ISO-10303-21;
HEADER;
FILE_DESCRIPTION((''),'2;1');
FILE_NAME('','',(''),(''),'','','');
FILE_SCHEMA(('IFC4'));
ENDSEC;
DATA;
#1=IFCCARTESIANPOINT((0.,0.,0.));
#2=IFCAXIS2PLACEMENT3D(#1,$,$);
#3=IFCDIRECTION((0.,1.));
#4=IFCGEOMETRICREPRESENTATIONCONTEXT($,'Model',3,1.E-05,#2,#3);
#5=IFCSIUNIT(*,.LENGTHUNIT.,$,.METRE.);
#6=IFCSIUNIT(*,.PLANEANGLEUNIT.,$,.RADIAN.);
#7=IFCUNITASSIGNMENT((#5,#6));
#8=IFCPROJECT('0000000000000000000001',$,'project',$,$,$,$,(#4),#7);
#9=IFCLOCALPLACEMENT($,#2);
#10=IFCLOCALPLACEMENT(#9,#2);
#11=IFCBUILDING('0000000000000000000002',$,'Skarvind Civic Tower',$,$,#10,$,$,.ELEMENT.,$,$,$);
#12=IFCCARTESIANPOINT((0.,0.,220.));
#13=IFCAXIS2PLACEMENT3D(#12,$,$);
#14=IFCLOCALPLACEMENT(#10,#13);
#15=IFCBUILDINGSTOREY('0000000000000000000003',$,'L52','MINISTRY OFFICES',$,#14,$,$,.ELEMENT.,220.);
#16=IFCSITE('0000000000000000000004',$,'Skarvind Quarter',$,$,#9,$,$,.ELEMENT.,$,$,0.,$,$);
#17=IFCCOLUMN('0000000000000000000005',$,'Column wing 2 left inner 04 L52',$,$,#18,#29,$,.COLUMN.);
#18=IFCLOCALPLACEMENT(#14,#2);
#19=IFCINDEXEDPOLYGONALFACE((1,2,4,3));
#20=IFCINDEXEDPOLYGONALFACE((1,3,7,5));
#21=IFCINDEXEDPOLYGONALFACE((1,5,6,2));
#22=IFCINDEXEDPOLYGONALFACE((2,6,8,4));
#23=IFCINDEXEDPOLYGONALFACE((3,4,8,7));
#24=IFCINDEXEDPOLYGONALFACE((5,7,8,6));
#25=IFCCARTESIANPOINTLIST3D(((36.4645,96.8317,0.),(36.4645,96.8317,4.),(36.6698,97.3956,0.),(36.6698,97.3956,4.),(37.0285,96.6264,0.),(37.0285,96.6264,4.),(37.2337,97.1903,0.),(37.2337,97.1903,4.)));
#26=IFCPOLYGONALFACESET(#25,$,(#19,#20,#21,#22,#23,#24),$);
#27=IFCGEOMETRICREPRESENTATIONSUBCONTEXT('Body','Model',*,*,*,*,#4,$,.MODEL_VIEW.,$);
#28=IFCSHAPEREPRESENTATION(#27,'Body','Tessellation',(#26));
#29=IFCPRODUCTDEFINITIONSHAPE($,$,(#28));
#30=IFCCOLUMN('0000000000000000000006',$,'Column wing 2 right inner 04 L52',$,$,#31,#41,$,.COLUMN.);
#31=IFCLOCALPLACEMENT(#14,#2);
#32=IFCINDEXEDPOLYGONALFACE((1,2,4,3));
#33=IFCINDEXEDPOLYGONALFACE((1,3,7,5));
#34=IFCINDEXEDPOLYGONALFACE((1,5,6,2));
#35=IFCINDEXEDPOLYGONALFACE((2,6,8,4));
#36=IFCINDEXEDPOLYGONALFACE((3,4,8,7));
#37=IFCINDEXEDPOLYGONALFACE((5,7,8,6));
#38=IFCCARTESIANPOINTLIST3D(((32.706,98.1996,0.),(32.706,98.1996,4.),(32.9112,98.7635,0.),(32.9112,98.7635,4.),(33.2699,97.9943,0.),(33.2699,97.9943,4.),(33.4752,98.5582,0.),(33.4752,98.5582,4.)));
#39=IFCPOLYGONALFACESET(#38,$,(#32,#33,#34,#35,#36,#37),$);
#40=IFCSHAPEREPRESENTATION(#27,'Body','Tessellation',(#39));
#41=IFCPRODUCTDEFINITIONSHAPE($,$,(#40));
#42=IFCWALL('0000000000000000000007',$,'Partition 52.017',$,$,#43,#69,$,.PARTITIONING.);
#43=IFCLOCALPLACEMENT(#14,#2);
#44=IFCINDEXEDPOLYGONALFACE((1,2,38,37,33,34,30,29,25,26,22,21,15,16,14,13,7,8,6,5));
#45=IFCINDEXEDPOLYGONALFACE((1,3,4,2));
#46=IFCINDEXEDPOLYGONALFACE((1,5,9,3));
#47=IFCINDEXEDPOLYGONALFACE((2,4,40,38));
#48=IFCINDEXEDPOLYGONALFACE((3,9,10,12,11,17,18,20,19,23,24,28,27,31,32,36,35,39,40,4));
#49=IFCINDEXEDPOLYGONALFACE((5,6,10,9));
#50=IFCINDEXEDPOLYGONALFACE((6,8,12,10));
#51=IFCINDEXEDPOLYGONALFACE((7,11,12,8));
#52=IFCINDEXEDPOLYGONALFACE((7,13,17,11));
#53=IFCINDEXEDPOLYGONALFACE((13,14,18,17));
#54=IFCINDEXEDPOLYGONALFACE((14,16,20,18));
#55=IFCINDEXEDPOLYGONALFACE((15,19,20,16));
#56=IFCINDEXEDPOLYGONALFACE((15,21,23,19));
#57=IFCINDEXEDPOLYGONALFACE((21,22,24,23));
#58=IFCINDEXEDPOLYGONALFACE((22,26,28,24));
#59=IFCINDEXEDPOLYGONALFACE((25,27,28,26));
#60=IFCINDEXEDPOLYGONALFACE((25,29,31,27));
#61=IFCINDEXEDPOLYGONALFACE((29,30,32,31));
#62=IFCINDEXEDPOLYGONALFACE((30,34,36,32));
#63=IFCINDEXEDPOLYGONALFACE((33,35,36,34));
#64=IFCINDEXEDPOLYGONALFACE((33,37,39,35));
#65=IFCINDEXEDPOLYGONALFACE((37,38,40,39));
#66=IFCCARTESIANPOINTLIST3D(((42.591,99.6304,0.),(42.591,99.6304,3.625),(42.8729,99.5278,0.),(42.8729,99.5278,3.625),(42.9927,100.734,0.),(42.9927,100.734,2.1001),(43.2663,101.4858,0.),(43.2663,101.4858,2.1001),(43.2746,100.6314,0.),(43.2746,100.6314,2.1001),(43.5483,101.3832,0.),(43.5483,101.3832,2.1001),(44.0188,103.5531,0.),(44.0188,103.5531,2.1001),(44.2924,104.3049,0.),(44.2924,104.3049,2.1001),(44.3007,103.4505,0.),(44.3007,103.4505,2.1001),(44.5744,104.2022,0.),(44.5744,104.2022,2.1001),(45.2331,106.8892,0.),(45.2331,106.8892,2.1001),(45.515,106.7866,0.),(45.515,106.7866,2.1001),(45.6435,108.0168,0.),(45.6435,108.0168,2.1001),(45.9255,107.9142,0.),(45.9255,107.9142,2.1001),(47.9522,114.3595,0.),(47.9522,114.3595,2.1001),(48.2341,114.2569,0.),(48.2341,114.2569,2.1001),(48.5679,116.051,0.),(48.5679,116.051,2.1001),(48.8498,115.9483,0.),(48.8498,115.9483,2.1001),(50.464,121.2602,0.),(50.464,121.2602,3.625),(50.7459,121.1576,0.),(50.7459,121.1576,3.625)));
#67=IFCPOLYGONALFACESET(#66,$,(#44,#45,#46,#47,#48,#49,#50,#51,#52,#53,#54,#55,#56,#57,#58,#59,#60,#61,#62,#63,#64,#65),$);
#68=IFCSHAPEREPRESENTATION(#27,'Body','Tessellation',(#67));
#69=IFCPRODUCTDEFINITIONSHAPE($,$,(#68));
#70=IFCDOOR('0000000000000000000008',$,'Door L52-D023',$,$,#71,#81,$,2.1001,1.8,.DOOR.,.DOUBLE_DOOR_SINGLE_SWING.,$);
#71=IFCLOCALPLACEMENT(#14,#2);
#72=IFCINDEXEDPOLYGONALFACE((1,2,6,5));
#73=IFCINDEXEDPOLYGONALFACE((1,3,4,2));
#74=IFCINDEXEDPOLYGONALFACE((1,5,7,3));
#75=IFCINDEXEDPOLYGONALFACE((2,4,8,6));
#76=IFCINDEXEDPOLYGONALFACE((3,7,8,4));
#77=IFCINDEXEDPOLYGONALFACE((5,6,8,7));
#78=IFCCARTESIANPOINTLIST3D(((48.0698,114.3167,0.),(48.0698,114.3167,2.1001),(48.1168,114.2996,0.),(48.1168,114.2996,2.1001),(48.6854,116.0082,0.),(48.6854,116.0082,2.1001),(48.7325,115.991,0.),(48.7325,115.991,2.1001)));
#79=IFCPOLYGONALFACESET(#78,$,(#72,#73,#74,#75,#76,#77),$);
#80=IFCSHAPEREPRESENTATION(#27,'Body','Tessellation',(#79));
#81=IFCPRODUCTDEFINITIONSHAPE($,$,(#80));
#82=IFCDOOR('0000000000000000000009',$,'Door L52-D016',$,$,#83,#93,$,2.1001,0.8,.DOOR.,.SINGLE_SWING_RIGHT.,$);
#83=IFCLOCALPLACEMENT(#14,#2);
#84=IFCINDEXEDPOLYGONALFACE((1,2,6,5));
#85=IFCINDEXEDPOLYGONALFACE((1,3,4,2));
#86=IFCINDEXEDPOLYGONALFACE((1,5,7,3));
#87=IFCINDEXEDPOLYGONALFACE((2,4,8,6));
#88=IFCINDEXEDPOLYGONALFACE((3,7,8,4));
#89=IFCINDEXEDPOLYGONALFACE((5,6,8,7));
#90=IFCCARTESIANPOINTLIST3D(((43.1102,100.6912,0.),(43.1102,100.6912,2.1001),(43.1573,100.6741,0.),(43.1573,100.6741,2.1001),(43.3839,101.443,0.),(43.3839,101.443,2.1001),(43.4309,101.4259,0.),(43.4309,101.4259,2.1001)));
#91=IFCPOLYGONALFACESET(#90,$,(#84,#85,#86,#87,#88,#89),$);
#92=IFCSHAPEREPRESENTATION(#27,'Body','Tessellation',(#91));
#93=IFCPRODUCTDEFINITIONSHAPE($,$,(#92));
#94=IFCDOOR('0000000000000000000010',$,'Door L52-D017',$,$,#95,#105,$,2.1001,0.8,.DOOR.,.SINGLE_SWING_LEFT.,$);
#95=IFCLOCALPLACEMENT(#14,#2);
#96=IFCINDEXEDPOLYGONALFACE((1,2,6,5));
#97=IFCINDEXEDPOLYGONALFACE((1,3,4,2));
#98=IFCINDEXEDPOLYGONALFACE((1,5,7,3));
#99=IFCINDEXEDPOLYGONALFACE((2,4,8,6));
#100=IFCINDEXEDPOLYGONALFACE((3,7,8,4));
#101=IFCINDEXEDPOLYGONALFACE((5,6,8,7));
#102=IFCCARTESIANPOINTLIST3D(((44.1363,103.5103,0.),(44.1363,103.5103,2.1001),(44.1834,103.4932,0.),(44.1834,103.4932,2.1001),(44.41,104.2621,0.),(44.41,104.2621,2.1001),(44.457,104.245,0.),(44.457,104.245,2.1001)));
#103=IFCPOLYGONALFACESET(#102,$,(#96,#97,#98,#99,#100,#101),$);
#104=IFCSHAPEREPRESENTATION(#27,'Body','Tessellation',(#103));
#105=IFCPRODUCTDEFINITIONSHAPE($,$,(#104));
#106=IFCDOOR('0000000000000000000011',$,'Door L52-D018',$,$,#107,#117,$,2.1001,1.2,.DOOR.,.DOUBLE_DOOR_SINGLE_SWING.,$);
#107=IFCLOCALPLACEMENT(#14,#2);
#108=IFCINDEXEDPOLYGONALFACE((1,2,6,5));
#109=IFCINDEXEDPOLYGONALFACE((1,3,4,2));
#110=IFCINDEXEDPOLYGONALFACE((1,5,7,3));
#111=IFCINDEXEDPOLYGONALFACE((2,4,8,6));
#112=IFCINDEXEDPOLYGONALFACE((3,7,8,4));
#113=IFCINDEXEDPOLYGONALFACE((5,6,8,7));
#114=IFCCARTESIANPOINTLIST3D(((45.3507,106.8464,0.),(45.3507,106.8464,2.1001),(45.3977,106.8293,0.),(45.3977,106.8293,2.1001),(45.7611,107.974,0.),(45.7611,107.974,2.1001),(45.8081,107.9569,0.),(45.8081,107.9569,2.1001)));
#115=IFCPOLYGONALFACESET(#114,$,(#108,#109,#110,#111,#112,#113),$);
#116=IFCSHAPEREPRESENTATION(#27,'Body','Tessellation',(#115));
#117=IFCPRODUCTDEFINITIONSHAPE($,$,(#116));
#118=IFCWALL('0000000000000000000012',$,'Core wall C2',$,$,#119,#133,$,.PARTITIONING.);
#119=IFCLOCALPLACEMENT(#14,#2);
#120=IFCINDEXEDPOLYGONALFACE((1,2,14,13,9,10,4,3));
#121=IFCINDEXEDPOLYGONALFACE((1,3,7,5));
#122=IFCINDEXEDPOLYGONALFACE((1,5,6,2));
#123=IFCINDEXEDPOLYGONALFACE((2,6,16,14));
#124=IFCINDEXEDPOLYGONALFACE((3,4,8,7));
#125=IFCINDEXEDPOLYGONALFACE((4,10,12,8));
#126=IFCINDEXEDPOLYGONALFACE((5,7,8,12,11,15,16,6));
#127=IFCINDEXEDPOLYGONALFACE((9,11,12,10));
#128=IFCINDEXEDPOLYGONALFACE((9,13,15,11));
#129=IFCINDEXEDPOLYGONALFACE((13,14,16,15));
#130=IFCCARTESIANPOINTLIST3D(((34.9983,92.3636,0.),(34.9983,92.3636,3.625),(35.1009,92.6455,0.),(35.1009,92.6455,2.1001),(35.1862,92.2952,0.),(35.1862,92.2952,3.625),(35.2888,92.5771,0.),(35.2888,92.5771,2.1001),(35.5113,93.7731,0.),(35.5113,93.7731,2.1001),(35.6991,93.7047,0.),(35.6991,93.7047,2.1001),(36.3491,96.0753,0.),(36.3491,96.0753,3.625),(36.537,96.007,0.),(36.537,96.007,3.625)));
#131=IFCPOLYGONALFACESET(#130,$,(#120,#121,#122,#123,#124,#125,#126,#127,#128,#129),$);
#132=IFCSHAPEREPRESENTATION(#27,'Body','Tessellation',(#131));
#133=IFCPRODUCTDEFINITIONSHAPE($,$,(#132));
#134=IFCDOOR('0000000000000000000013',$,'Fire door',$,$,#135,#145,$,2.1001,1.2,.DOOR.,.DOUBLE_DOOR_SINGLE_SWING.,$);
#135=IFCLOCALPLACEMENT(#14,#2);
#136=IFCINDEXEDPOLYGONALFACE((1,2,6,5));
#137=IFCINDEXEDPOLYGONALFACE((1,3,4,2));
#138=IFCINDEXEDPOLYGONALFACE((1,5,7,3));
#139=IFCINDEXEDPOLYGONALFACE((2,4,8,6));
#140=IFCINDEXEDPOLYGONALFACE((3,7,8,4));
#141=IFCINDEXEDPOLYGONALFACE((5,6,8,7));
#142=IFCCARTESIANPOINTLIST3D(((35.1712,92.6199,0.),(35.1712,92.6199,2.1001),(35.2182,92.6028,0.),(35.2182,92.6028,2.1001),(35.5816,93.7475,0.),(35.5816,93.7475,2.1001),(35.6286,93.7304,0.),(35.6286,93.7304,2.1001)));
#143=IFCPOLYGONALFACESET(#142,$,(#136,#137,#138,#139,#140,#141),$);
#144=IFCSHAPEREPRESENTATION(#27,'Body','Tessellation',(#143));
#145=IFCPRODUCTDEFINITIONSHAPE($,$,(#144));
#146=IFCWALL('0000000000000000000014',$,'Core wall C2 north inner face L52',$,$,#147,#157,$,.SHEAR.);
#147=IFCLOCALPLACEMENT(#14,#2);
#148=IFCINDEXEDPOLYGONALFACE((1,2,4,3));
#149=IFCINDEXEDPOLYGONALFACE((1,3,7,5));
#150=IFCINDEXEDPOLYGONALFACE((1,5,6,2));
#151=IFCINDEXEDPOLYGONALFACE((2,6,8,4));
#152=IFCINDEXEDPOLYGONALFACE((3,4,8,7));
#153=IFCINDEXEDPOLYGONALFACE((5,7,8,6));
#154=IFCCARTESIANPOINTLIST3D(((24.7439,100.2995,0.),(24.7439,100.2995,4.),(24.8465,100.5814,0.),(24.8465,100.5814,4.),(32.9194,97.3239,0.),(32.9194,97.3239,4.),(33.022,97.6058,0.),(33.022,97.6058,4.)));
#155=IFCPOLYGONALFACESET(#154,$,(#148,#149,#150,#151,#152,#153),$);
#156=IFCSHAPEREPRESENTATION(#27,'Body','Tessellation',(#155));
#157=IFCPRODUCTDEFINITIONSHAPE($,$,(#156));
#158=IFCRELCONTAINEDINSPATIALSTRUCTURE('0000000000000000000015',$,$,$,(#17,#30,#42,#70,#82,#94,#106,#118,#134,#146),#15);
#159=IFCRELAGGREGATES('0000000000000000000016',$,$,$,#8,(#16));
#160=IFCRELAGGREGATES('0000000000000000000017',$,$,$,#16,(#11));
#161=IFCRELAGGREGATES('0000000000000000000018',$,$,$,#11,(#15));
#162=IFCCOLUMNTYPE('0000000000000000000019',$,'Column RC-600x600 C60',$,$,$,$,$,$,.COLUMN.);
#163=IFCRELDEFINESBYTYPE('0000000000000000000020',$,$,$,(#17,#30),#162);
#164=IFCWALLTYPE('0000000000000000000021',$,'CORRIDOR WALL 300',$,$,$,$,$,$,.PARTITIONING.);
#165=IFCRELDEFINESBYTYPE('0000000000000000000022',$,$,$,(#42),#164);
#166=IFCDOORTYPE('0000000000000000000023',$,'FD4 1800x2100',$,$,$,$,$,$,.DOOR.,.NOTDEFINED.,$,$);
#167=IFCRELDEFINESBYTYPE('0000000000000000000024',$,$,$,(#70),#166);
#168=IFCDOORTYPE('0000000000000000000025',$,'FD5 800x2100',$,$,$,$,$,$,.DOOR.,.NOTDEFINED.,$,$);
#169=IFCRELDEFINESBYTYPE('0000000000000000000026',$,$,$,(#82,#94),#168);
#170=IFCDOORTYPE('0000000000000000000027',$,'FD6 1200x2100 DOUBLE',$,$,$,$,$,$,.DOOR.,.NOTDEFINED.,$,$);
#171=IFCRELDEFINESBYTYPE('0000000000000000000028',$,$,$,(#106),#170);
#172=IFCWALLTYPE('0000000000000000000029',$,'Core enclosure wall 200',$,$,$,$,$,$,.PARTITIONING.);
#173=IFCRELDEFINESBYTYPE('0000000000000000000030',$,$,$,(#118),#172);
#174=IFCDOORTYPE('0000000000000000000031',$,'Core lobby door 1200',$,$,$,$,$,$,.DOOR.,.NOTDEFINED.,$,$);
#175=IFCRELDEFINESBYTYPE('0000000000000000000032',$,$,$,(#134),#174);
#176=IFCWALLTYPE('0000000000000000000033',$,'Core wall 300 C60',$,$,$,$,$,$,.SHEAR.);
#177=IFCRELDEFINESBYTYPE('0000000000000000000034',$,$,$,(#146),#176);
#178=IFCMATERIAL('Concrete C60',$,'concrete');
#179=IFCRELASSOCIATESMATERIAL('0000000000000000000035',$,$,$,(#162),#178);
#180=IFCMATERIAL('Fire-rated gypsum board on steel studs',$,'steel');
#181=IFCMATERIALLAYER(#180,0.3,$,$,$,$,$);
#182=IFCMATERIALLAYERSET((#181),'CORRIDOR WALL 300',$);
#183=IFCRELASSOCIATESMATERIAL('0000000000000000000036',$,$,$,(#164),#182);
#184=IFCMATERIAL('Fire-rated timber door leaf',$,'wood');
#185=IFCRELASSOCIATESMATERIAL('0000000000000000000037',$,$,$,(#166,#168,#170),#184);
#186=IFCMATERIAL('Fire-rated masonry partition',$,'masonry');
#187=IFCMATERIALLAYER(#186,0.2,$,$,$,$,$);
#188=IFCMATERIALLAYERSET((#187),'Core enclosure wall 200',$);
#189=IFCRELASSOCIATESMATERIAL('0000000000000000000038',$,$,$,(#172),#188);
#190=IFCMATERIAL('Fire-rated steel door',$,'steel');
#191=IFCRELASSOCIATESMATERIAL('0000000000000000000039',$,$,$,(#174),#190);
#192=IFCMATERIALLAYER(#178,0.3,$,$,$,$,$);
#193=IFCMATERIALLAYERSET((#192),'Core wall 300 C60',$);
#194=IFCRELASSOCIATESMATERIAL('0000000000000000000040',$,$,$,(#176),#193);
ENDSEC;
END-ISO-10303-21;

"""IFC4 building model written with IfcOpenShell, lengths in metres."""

from ifc_helpers import new_model, si_unit, direction, frame, frame_2d, origin, origin_2d, place, context, subcontext, project, spatial, rectangle, extrude, material, layer, layer_set, material_profile, profile_set, type_object, element, fill, save


model = new_model("IFC4")

# Units and contexts
model_context = context("Model", 3, precision=1e-05, world=origin(), true_north=direction((0.0, 1.0)))
body_context = subcontext(model_context, "Body", "Model", "MODEL_VIEW")
ifc_project = project(units=[si_unit("LENGTHUNIT", "METRE"), si_unit("PLANEANGLEUNIT", "RADIAN")], contexts=[model_context])

# Site, building, storey
site_placement = place(None, origin())
site = spatial("IfcSite", under=ifc_project, at=site_placement, Name="Skarvind Quarter", CompositionType="ELEMENT", RefElevation=0.0)
building_placement = place(site_placement, origin())
building = spatial("IfcBuilding", under=site, at=building_placement, Name="Skarvind Civic Tower", CompositionType="ELEMENT")
storey_placement = place(building_placement, frame((0.0, 0.0, 220.0)))
storey = spatial("IfcBuildingStorey", under=building, at=storey_placement, Name="L52", Description="MINISTRY OFFICES", CompositionType="ELEMENT", Elevation=220.0)

# Columns
ifc_material_1 = material(Name="Concrete C60", Category="concrete")
ifc_material_profile = material_profile(ifc_material_1, rectangle(XDim=0.6001, YDim=0.6001, at=origin_2d()), Name="RC-600x600")
ifc_profile_set = profile_set([ifc_material_profile], Name="Concrete C60")
column_type = type_object("IfcColumnType", Name="Column RC-600x600 C60", PredefinedType="COLUMN", material=ifc_profile_set)
for number, where, z_axis, x_axis, name in (
    (1, (36.8491, 97.011, 0.0), (0.0, 0.0, 1.0), (-0.34202, -0.939693, 0.0), "Column wing 2 left inner 04 L52"),
    (2, (33.0906, 98.3789, 0.0), (0.0, 0.0, 1.0), (-0.34202, -0.939693, 0.0), "Column wing 2 right inner 04 L52"),
):
    element("IfcColumn", number, at=place(storey_placement, frame(where, z_axis=z_axis, x_axis=x_axis)), inside=storey, type_object=column_type, Name=name, PredefinedType="COLUMN", context=body_context, shape_type="SweptSolid", body=[
        extrude(rectangle(XDim=0.6001, YDim=0.6001, at=origin_2d()), origin(), (0.0, 0.0, 1.0), 4.0),
    ])

# Wall, openings, doors
ifc_material_2 = material(Name="Fire-rated gypsum board on steel studs", Category="steel")
ifc_layer_1 = layer(ifc_material_2, 0.3)
ifc_layer_set_1 = layer_set([ifc_layer_1], Name="CORRIDOR WALL 300")
wall_type_1 = type_object("IfcWallType", Name="CORRIDOR WALL 300", PredefinedType="PARTITIONING", material=ifc_layer_set_1)
wall_1_placement = place(storey_placement, frame((42.7319, 99.5791, 0.0), z_axis=(0.0, 0.0, 1.0), x_axis=(0.342036, 0.939687, 0.0)))
wall_1 = element("IfcWall", 3, at=wall_1_placement, inside=storey, type_object=wall_type_1, Name="Partition 52.017", PredefinedType="PARTITIONING", context=body_context, shape_type="SweptSolid", body=[
    extrude(rectangle(XDim=23.0181, YDim=0.3, at=frame_2d((11.509, 0.0))), origin(), (0.0, 0.0, 1.0), 3.625),
])
opening_1_placement = place(wall_1_placement, frame((1.1746, 0.0, 0.0)))
opening_1 = element("IfcOpeningElement", 4, at=opening_1_placement, cuts=wall_1, PredefinedType="OPENING", context=body_context, shape_type="SweptSolid", body=[
    extrude(rectangle(XDim=0.8, YDim=2.1001, at=frame_2d((0.3999, 1.05))), frame((0.0, 0.1599, 0.0), z_axis=(0.0, -1.0, 0.0), x_axis=(1.0, 0.0, 0.0)), (0.0, 0.0, 1.0), 0.3201),
])
opening_2_placement = place(wall_1_placement, frame((4.1746, 0.0, 0.0)))
opening_2 = element("IfcOpeningElement", 5, at=opening_2_placement, cuts=wall_1, PredefinedType="OPENING", context=body_context, shape_type="SweptSolid", body=[
    extrude(rectangle(XDim=0.8, YDim=2.1001, at=frame_2d((0.3999, 1.05))), frame((0.0, 0.1599, 0.0), z_axis=(0.0, -1.0, 0.0), x_axis=(1.0, 0.0, 0.0)), (0.0, 0.0, 1.0), 0.3201),
])
opening_3_placement = place(wall_1_placement, frame((7.7246, 0.0, 0.0)))
opening_3 = element("IfcOpeningElement", 6, at=opening_3_placement, cuts=wall_1, PredefinedType="OPENING", context=body_context, shape_type="SweptSolid", body=[
    extrude(rectangle(XDim=1.2, YDim=2.1001, at=frame_2d((0.6001, 1.05))), frame((0.0, 0.1599, 0.0), z_axis=(0.0, -1.0, 0.0), x_axis=(1.0, 0.0, 0.0)), (0.0, 0.0, 1.0), 0.3201),
])
opening_4_placement = place(wall_1_placement, frame((15.6746, 0.0, 0.0)))
opening_4 = element("IfcOpeningElement", 7, at=opening_4_placement, cuts=wall_1, PredefinedType="OPENING", context=body_context, shape_type="SweptSolid", body=[
    extrude(rectangle(XDim=1.8, YDim=2.1001, at=frame_2d((0.8999, 1.05))), frame((0.0, 0.1599, 0.0), z_axis=(0.0, -1.0, 0.0), x_axis=(1.0, 0.0, 0.0)), (0.0, 0.0, 1.0), 0.3201),
])
ifc_material_3 = material(Name="Fire-rated timber door leaf", Category="wood")
door_type_1 = type_object("IfcDoorType", Name="FD4 1800x2100", OperationType="NOTDEFINED", PredefinedType="DOOR", material=ifc_material_3)
door_1_placement = place(opening_4_placement, origin())
door_1 = element("IfcDoor", 8, at=door_1_placement, inside=storey, type_object=door_type_1, Name="Door L52-D023", OperationType="DOUBLE_DOOR_SINGLE_SWING", OverallHeight=2.1001, OverallWidth=1.8, PredefinedType="DOOR", context=body_context, shape_type="SweptSolid", body=[
    extrude(rectangle(XDim=1.8, YDim=2.1001, at=frame_2d((0.8999, 1.05))), frame((0.0, 0.0249, 0.0), z_axis=(0.0, -1.0, 0.0), x_axis=(1.0, 0.0, 0.0)), (0.0, 0.0, 1.0), 0.05),
])
fill(opening_4, door_1)
door_type_2 = type_object("IfcDoorType", Name="FD5 800x2100", OperationType="NOTDEFINED", PredefinedType="DOOR", material=ifc_material_3)
door_2_placement = place(opening_1_placement, origin())
door_2 = element("IfcDoor", 9, at=door_2_placement, inside=storey, type_object=door_type_2, Name="Door L52-D016", OperationType="SINGLE_SWING_RIGHT", OverallHeight=2.1001, OverallWidth=0.8, PredefinedType="DOOR", context=body_context, shape_type="SweptSolid", body=[
    extrude(rectangle(XDim=0.8, YDim=2.1001, at=frame_2d((0.3999, 1.05))), frame((0.0, 0.0249, 0.0), z_axis=(0.0, -1.0, 0.0), x_axis=(1.0, 0.0, 0.0)), (0.0, 0.0, 1.0), 0.05),
])
fill(opening_1, door_2)
door_3_placement = place(opening_2_placement, origin())
door_3 = element("IfcDoor", 10, at=door_3_placement, inside=storey, type_object=door_type_2, Name="Door L52-D017", OperationType="SINGLE_SWING_LEFT", OverallHeight=2.1001, OverallWidth=0.8, PredefinedType="DOOR", context=body_context, shape_type="SweptSolid", body=[
    extrude(rectangle(XDim=0.8, YDim=2.1001, at=frame_2d((0.3999, 1.05))), frame((0.0, 0.0249, 0.0), z_axis=(0.0, -1.0, 0.0), x_axis=(1.0, 0.0, 0.0)), (0.0, 0.0, 1.0), 0.05),
])
fill(opening_2, door_3)
door_type_3 = type_object("IfcDoorType", Name="FD6 1200x2100 DOUBLE", OperationType="NOTDEFINED", PredefinedType="DOOR", material=ifc_material_3)
door_4_placement = place(opening_3_placement, origin())
door_4 = element("IfcDoor", 11, at=door_4_placement, inside=storey, type_object=door_type_3, Name="Door L52-D018", OperationType="DOUBLE_DOOR_SINGLE_SWING", OverallHeight=2.1001, OverallWidth=1.2, PredefinedType="DOOR", context=body_context, shape_type="SweptSolid", body=[
    extrude(rectangle(XDim=1.2, YDim=2.1001, at=frame_2d((0.6001, 1.05))), frame((0.0, 0.0249, 0.0), z_axis=(0.0, -1.0, 0.0), x_axis=(1.0, 0.0, 0.0)), (0.0, 0.0, 1.0), 0.05),
])
fill(opening_3, door_4)

# Wall, opening, door
ifc_material_4 = material(Name="Fire-rated masonry partition", Category="masonry")
ifc_layer_2 = layer(ifc_material_4, 0.2)
ifc_layer_set_2 = layer_set([ifc_layer_2], Name="Core enclosure wall 200")
wall_type_2 = type_object("IfcWallType", Name="Core enclosure wall 200", PredefinedType="PARTITIONING", material=ifc_layer_set_2)
wall_2_placement = place(storey_placement, frame((36.4431, 96.0413, 0.0), z_axis=(0.0, 0.0, 1.0), x_axis=(-0.341996, -0.939701, 0.0)))
wall_2 = element("IfcWall", 12, at=wall_2_placement, inside=storey, type_object=wall_type_2, Name="Core wall C2", PredefinedType="PARTITIONING", context=body_context, shape_type="SweptSolid", body=[
    extrude(rectangle(XDim=3.95, YDim=0.2, at=frame_2d((1.9751, 0.0))), origin(), (0.0, 0.0, 1.0), 3.625),
])
opening_5_placement = place(wall_2_placement, frame((2.45, 0.0, 0.0)))
opening_5 = element("IfcOpeningElement", 13, at=opening_5_placement, cuts=wall_2, PredefinedType="OPENING", context=body_context, shape_type="SweptSolid", body=[
    extrude(rectangle(XDim=1.2, YDim=2.1001, at=frame_2d((0.6001, 1.05))), frame((0.0, 0.1099, 0.0), z_axis=(0.0, -1.0, 0.0), x_axis=(1.0, 0.0, 0.0)), (0.0, 0.0, 1.0), 0.22),
])
ifc_material_5 = material(Name="Fire-rated steel door", Category="steel")
door_type_4 = type_object("IfcDoorType", Name="Core lobby door 1200", OperationType="NOTDEFINED", PredefinedType="DOOR", material=ifc_material_5)
door_5_placement = place(opening_5_placement, origin())
door_5 = element("IfcDoor", 14, at=door_5_placement, inside=storey, type_object=door_type_4, Name="Fire door", OperationType="DOUBLE_DOOR_SINGLE_SWING", OverallHeight=2.1001, OverallWidth=1.2, PredefinedType="DOOR", context=body_context, shape_type="SweptSolid", body=[
    extrude(rectangle(XDim=1.2, YDim=2.1001, at=frame_2d((0.6001, 1.05))), frame((0.0, 0.0249, 0.0), z_axis=(0.0, -1.0, 0.0), x_axis=(1.0, 0.0, 0.0)), (0.0, 0.0, 1.0), 0.05),
])
fill(opening_5, door_5)

# Wall
ifc_layer_3 = layer(ifc_material_1, 0.3)
ifc_layer_set_3 = layer_set([ifc_layer_3], Name="Core wall 300 C60")
wall_type_3 = type_object("IfcWallType", Name="Core wall 300 C60", PredefinedType="SHEAR", material=ifc_layer_set_3)
wall_3_placement = place(storey_placement, frame((32.9707, 97.4648, 0.0), z_axis=(0.0, 0.0, 1.0), x_axis=(-0.939695, 0.342013, 0.0)))
element("IfcWall", 15, at=wall_3_placement, inside=storey, type_object=wall_type_3, Name="Core wall C2 north inner face L52", PredefinedType="SHEAR", context=body_context, shape_type="SweptSolid", body=[
    extrude(rectangle(XDim=8.7002, YDim=0.3, at=frame_2d((4.3501, 0.0))), origin(), (0.0, 0.0, 1.0), 4.0),
])

save(model, "model.ifc")
